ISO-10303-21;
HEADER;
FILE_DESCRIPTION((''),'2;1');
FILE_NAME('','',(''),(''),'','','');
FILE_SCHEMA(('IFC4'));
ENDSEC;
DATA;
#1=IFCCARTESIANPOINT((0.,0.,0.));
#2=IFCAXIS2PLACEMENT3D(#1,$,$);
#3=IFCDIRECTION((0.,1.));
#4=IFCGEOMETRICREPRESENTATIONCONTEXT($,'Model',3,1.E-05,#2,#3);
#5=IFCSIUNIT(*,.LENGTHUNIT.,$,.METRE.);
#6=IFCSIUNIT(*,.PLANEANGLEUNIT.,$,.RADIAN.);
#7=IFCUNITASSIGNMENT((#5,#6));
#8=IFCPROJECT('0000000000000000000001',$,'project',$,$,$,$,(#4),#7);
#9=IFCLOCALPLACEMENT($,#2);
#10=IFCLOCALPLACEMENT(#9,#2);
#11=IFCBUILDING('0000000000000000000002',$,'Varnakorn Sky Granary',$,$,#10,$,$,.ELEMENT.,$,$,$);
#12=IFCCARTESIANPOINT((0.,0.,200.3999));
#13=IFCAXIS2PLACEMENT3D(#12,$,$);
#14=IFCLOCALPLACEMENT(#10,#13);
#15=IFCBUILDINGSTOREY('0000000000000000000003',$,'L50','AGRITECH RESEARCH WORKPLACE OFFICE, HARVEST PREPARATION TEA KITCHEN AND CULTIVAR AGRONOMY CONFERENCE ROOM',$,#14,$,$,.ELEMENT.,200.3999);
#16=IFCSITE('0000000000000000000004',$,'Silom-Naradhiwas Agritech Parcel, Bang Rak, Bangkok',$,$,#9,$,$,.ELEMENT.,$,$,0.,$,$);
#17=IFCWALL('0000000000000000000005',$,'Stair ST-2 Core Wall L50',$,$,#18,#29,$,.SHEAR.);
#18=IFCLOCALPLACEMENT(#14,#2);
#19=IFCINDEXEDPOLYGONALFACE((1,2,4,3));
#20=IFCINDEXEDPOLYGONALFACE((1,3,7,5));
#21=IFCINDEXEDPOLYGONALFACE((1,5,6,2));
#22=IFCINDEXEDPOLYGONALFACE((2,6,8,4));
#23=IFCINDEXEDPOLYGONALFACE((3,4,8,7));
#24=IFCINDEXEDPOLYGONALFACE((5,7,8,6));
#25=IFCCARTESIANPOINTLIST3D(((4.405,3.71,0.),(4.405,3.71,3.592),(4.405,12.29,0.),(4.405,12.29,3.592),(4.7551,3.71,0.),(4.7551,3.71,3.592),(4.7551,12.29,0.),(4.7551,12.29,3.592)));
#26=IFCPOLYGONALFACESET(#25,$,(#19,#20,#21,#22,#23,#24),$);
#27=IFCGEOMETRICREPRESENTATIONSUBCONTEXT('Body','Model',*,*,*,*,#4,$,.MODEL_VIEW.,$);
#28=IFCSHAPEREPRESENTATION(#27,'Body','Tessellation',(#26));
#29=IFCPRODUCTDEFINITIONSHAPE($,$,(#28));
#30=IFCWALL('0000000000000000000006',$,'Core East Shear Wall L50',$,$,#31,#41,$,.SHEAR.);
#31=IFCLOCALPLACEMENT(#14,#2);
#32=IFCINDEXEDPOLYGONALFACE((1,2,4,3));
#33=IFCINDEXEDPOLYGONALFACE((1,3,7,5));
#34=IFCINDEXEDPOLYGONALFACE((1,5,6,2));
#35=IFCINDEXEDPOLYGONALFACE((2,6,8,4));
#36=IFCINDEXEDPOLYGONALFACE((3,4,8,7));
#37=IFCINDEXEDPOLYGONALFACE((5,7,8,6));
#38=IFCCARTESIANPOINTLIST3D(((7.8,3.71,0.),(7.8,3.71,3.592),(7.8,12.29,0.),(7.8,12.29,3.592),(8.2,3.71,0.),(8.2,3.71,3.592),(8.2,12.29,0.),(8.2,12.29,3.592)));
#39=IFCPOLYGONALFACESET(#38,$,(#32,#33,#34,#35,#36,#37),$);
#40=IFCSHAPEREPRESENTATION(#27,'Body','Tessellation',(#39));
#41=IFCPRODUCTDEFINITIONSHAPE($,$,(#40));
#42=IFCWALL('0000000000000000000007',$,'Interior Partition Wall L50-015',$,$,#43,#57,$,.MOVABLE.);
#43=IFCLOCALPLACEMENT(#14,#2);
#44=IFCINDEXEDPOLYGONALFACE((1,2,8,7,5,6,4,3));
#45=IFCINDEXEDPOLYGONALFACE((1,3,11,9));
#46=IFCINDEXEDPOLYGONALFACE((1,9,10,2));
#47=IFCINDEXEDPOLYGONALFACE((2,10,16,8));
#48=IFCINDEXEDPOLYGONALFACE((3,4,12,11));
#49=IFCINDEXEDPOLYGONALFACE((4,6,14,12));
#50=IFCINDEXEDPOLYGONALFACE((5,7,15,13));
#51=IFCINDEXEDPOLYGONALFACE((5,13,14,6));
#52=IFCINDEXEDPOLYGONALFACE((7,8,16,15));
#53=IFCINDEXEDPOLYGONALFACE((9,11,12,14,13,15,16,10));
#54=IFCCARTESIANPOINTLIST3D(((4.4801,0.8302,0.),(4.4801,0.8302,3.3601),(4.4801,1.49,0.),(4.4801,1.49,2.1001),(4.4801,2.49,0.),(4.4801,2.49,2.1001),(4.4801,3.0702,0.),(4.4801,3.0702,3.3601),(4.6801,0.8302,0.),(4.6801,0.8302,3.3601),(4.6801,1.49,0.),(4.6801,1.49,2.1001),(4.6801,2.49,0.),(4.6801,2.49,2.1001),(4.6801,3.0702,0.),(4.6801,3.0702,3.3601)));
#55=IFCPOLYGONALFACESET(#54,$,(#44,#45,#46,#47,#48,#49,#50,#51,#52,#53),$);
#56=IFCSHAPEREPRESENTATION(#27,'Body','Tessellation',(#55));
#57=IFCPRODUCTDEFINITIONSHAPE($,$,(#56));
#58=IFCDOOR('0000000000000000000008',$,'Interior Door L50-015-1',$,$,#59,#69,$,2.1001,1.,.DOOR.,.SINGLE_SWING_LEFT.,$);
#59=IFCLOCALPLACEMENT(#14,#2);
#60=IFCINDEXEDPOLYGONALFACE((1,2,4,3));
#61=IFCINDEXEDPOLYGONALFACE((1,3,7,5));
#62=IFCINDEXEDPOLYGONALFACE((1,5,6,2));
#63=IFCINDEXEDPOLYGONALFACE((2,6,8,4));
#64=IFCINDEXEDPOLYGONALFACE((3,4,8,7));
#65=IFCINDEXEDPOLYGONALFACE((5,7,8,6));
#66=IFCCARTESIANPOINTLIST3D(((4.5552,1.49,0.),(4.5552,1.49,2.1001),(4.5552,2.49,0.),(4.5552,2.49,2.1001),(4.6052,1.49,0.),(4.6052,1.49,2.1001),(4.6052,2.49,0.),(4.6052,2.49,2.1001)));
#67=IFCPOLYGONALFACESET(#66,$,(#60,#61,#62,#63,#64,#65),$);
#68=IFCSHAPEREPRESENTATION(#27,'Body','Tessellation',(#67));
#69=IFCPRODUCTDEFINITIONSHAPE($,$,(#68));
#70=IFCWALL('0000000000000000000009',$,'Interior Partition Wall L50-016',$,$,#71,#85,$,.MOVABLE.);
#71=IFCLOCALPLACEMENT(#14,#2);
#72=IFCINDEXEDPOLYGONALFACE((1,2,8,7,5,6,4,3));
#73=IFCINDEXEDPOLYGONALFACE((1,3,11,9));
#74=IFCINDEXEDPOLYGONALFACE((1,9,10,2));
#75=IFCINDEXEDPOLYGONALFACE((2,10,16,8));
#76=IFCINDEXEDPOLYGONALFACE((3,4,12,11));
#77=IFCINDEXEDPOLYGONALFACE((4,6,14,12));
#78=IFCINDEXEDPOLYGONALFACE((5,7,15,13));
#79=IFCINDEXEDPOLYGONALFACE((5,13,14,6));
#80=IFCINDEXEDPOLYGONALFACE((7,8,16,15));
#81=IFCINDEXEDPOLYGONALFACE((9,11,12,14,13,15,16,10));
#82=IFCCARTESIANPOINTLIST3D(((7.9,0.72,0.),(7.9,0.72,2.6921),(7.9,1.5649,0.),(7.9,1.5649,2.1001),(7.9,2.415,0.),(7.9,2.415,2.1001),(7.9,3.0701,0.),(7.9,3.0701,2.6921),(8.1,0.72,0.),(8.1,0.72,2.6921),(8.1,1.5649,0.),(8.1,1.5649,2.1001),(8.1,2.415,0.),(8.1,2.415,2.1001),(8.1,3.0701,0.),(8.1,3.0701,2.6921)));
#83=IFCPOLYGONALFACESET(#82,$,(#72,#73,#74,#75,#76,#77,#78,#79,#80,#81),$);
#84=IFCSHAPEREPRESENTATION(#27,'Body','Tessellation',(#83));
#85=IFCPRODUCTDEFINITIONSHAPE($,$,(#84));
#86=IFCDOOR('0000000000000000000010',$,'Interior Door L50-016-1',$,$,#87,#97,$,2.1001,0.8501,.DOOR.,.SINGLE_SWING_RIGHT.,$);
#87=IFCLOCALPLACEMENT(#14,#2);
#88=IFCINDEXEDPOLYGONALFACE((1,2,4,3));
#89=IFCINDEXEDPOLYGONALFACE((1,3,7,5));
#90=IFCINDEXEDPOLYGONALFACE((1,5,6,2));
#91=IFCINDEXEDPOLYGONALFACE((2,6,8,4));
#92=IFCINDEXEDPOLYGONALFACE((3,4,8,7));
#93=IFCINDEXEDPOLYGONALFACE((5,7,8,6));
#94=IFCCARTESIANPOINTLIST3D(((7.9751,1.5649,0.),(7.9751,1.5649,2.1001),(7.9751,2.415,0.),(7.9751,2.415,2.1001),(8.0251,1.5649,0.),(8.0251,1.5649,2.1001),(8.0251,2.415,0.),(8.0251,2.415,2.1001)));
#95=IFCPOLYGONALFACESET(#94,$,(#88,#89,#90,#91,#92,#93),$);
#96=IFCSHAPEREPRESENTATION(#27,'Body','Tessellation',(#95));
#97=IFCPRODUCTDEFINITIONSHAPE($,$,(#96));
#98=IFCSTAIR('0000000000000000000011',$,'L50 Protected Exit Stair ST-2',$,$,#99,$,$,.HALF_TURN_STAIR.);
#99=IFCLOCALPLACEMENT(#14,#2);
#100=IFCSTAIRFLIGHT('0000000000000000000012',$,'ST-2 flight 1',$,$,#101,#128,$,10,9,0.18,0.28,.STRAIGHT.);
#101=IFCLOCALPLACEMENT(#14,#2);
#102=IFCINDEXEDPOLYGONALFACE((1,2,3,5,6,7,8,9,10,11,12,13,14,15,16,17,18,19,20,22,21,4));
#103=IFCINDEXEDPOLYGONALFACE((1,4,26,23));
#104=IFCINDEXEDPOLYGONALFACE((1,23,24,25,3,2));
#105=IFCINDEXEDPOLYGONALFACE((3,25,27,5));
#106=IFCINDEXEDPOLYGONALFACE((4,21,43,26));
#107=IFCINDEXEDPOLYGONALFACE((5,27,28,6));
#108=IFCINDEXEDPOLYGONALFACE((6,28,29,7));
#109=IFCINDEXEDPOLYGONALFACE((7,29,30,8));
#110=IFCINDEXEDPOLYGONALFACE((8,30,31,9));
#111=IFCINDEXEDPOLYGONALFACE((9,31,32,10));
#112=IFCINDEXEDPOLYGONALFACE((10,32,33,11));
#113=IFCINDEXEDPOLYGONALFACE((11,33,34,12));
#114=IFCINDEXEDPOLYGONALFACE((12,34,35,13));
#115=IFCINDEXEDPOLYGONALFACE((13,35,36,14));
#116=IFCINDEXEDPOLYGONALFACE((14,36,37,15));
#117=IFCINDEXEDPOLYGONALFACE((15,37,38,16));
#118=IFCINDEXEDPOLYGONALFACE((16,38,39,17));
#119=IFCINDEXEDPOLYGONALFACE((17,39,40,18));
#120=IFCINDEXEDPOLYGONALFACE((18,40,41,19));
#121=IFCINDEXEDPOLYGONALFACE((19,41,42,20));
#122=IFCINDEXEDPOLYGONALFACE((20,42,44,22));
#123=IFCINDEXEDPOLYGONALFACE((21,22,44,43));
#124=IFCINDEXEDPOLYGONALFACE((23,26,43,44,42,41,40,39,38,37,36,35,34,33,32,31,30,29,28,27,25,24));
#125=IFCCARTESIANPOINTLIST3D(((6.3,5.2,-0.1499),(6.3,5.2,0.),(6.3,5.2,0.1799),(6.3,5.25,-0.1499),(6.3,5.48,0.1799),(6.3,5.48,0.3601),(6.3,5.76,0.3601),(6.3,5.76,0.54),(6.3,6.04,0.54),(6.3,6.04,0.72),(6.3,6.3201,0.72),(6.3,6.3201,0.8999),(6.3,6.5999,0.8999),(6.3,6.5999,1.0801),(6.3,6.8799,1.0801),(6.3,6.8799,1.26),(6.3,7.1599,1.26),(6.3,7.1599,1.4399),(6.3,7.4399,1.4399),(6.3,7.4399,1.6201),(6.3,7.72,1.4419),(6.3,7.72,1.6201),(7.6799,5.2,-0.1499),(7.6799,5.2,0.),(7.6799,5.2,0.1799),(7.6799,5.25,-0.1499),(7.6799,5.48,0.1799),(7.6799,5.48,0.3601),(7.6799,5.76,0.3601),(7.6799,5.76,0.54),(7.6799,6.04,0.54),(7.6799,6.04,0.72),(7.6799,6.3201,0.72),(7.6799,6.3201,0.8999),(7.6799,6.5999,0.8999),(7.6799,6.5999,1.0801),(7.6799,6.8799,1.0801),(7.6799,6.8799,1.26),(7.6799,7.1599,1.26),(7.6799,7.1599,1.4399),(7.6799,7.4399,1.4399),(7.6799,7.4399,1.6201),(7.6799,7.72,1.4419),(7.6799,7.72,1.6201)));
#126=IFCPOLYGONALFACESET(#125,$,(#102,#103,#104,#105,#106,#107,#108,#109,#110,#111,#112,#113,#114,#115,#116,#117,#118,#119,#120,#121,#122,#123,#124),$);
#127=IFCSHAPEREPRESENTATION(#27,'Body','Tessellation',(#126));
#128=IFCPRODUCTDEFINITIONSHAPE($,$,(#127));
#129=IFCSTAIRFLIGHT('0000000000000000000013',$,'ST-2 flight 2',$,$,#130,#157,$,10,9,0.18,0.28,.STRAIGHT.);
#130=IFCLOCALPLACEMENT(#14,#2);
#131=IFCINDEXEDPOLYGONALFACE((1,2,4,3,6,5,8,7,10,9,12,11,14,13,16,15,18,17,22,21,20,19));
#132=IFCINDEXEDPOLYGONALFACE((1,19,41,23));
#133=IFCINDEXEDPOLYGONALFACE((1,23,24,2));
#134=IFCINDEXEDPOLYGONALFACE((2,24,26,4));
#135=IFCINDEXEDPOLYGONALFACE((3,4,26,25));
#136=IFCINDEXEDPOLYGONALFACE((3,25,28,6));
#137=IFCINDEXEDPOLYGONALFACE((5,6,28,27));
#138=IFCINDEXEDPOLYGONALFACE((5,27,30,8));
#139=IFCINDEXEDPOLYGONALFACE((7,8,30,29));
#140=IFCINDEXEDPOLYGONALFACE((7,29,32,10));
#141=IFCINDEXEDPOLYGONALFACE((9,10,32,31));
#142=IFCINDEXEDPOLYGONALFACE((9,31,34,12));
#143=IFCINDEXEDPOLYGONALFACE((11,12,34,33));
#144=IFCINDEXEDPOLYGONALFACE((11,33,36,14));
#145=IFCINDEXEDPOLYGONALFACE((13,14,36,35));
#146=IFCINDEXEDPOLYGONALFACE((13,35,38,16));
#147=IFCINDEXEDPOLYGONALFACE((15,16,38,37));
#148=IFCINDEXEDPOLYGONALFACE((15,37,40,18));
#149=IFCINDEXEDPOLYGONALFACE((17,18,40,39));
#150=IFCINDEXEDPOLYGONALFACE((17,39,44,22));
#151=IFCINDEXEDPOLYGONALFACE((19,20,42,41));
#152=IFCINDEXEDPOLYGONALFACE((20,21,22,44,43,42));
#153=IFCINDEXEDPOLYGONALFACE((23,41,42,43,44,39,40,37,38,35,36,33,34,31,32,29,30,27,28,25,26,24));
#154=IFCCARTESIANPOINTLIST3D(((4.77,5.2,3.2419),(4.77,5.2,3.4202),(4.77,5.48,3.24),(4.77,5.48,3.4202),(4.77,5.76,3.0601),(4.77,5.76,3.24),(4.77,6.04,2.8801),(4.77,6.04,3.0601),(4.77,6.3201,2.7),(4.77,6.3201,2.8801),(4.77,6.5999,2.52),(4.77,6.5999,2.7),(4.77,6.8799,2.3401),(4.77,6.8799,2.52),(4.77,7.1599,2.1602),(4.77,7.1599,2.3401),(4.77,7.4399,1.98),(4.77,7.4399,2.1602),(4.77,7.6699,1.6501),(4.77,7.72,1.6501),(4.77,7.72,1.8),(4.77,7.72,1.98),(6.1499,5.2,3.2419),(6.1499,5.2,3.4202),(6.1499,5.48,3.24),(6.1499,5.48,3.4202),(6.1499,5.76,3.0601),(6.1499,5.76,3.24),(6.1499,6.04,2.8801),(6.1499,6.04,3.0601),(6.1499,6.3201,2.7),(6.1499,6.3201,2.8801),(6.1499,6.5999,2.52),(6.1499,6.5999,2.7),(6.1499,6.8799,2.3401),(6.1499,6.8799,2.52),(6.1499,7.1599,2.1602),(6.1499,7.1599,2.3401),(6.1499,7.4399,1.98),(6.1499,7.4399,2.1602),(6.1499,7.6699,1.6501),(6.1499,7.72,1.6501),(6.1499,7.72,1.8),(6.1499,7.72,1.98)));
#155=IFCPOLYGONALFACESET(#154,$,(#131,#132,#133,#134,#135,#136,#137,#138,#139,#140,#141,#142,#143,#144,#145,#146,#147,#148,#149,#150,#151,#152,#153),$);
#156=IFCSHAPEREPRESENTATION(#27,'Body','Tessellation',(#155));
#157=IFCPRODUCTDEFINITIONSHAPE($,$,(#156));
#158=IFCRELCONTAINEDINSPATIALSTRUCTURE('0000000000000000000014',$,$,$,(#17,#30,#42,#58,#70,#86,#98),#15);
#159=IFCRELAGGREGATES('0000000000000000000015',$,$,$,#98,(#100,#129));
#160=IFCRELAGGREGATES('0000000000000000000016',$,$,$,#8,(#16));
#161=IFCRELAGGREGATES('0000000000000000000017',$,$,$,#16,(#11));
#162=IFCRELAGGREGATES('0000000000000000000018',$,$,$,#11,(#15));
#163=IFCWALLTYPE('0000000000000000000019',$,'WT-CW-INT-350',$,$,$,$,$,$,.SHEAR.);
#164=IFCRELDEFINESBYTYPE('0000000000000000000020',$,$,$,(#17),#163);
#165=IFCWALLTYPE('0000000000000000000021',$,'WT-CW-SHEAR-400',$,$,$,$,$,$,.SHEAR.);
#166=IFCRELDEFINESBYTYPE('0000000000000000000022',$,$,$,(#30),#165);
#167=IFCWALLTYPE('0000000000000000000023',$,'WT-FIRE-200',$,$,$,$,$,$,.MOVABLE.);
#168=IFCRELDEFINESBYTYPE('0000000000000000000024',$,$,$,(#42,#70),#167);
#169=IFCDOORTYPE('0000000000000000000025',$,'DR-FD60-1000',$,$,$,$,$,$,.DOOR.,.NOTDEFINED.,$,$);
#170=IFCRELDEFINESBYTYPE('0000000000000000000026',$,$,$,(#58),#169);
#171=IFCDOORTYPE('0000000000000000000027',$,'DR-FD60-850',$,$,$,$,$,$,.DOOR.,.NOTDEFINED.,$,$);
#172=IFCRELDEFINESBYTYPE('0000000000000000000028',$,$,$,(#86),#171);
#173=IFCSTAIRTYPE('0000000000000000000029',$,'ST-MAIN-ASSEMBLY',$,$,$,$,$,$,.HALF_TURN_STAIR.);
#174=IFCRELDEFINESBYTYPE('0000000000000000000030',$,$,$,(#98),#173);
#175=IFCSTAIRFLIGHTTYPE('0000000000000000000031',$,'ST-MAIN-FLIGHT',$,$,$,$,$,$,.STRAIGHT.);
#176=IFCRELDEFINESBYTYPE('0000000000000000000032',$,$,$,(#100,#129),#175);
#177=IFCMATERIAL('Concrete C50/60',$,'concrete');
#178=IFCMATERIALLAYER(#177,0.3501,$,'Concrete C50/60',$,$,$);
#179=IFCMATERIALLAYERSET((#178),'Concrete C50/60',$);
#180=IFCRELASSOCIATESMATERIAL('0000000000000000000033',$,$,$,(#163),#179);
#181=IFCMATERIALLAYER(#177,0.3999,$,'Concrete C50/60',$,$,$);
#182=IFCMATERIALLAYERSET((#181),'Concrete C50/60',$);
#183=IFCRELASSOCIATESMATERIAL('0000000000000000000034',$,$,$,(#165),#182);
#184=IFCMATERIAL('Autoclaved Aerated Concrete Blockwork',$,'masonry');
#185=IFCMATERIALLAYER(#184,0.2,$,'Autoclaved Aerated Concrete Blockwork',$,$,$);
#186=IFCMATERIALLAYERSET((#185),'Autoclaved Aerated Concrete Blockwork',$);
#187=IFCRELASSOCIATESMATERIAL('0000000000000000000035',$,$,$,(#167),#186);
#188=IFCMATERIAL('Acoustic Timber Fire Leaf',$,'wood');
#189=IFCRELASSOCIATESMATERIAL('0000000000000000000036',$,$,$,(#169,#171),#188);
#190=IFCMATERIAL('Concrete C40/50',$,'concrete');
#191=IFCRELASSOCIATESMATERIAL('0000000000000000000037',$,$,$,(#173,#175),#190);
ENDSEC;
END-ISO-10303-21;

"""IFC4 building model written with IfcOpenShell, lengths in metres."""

from ifc_helpers import new_model, si_unit, direction, frame, frame_2d, origin, place, context, subcontext, project, spatial, polyline, rectangle, outline, extrude, material, layer, layer_set, type_object, element, fill, aggregate, save


model = new_model("IFC4")

# Units and contexts
model_context = context("Model", 3, precision=1e-05, world=origin(), true_north=direction((0.0, 1.0)))
body_context = subcontext(model_context, "Body", "Model", "MODEL_VIEW")
ifc_project = project(units=[si_unit("LENGTHUNIT", "METRE"), si_unit("PLANEANGLEUNIT", "RADIAN")], contexts=[model_context])

# Site, building, storey
site_placement = place(None, origin())
site = spatial("IfcSite", under=ifc_project, at=site_placement, Name="Silom-Naradhiwas Agritech Parcel, Bang Rak, Bangkok", CompositionType="ELEMENT", RefElevation=0.0)
building_placement = place(site_placement, origin())
building = spatial("IfcBuilding", under=site, at=building_placement, Name="Varnakorn Sky Granary", CompositionType="ELEMENT")
storey_placement = place(building_placement, frame((0.0, 0.0, 200.3999)))
storey = spatial("IfcBuildingStorey", under=building, at=storey_placement, Name="L50", Description="AGRITECH RESEARCH WORKPLACE OFFICE, HARVEST PREPARATION TEA KITCHEN AND CULTIVAR AGRONOMY CONFERENCE ROOM", CompositionType="ELEMENT", Elevation=200.3999)

# Shared definitions
ifc_material_1 = material(Name="Concrete C50/60", Category="concrete")

# Walls
ifc_layer_1 = layer(ifc_material_1, 0.3501, Name="Concrete C50/60")
ifc_layer_set_1 = layer_set([ifc_layer_1], Name="Concrete C50/60")
wall_type_1 = type_object("IfcWallType", Name="WT-CW-INT-350", PredefinedType="SHEAR", material=ifc_layer_set_1)
wall_1_placement = place(storey_placement, frame((4.5801, 3.71, 0.0), z_axis=(0.0, 0.0, 1.0), x_axis=(0.0, 1.0, 0.0)))
element("IfcWall", 1, at=wall_1_placement, inside=storey, type_object=wall_type_1, Name="Stair ST-2 Core Wall L50", PredefinedType="SHEAR", context=body_context, shape_type="SweptSolid", body=[
    extrude(rectangle(XDim=8.5801, YDim=0.3501, at=frame_2d((4.29, 0.0))), origin(), (0.0, 0.0, 1.0), 3.592),
])
ifc_layer_2 = layer(ifc_material_1, 0.3999, Name="Concrete C50/60")
ifc_layer_set_2 = layer_set([ifc_layer_2], Name="Concrete C50/60")
wall_type_2 = type_object("IfcWallType", Name="WT-CW-SHEAR-400", PredefinedType="SHEAR", material=ifc_layer_set_2)
wall_2_placement = place(storey_placement, frame((8.0, 3.71, 0.0), z_axis=(0.0, 0.0, 1.0), x_axis=(0.0, 1.0, 0.0)))
element("IfcWall", 2, at=wall_2_placement, inside=storey, type_object=wall_type_2, Name="Core East Shear Wall L50", PredefinedType="SHEAR", context=body_context, shape_type="SweptSolid", body=[
    extrude(rectangle(XDim=8.5801, YDim=0.3999, at=frame_2d((4.29, 0.0))), origin(), (0.0, 0.0, 1.0), 3.592),
])

# Walls, openings, doors
ifc_material_2 = material(Name="Autoclaved Aerated Concrete Blockwork", Category="masonry")
ifc_layer_3 = layer(ifc_material_2, 0.2, Name="Autoclaved Aerated Concrete Blockwork")
ifc_layer_set_3 = layer_set([ifc_layer_3], Name="Autoclaved Aerated Concrete Blockwork")
wall_type_3 = type_object("IfcWallType", Name="WT-FIRE-200", PredefinedType="MOVABLE", material=ifc_layer_set_3)
wall_3_placement = place(storey_placement, frame((4.5801, 0.8301, 0.0), z_axis=(0.0, 0.0, 1.0), x_axis=(0.0, 1.0, 0.0)))
wall_3 = element("IfcWall", 3, at=wall_3_placement, inside=storey, type_object=wall_type_3, Name="Interior Partition Wall L50-015", PredefinedType="MOVABLE", context=body_context, shape_type="SweptSolid", body=[
    extrude(rectangle(XDim=2.24, YDim=0.2, at=frame_2d((1.1201, 0.0))), origin(), (0.0, 0.0, 1.0), 3.3601),
])
opening_1_placement = place(wall_3_placement, frame((0.6599, 0.0, 0.0)))
opening_1 = element("IfcOpeningElement", 4, at=opening_1_placement, cuts=wall_3, PredefinedType="OPENING", context=body_context, shape_type="SweptSolid", body=[
    extrude(rectangle(XDim=1.0, YDim=2.1001, at=frame_2d((0.5, 1.05))), frame((0.0, 0.1099, 0.0), z_axis=(0.0, -1.0, 0.0), x_axis=(1.0, 0.0, 0.0)), (0.0, 0.0, 1.0), 0.22),
])
ifc_material_3 = material(Name="Acoustic Timber Fire Leaf", Category="wood")
door_type_1 = type_object("IfcDoorType", Name="DR-FD60-1000", OperationType="NOTDEFINED", PredefinedType="DOOR", material=ifc_material_3)
door_1_placement = place(opening_1_placement, origin())
door_1 = element("IfcDoor", 5, at=door_1_placement, inside=storey, type_object=door_type_1, Name="Interior Door L50-015-1", OperationType="SINGLE_SWING_LEFT", OverallHeight=2.1001, OverallWidth=1.0, PredefinedType="DOOR", context=body_context, shape_type="SweptSolid", body=[
    extrude(rectangle(XDim=1.0, YDim=2.1001, at=frame_2d((0.5, 1.05))), frame((0.0, 0.0249, 0.0), z_axis=(0.0, -1.0, 0.0), x_axis=(1.0, 0.0, 0.0)), (0.0, 0.0, 1.0), 0.05),
])
fill(opening_1, door_1)
wall_4_placement = place(storey_placement, frame((8.0, 0.72, 0.0), z_axis=(0.0, 0.0, 1.0), x_axis=(0.0, 1.0, 0.0)))
wall_4 = element("IfcWall", 6, at=wall_4_placement, inside=storey, type_object=wall_type_3, Name="Interior Partition Wall L50-016", PredefinedType="MOVABLE", context=body_context, shape_type="SweptSolid", body=[
    extrude(rectangle(XDim=2.3501, YDim=0.2, at=frame_2d((1.175, 0.0))), origin(), (0.0, 0.0, 1.0), 2.6921),
])
opening_2_placement = place(wall_4_placement, frame((0.845, 0.0, 0.0)))
opening_2 = element("IfcOpeningElement", 7, at=opening_2_placement, cuts=wall_4, PredefinedType="OPENING", context=body_context, shape_type="SweptSolid", body=[
    extrude(rectangle(XDim=0.8501, YDim=2.1001, at=frame_2d((0.425, 1.05))), frame((0.0, 0.1099, 0.0), z_axis=(0.0, -1.0, 0.0), x_axis=(1.0, 0.0, 0.0)), (0.0, 0.0, 1.0), 0.22),
])
door_type_2 = type_object("IfcDoorType", Name="DR-FD60-850", OperationType="NOTDEFINED", PredefinedType="DOOR", material=ifc_material_3)
door_2_placement = place(opening_2_placement, origin())
door_2 = element("IfcDoor", 8, at=door_2_placement, inside=storey, type_object=door_type_2, Name="Interior Door L50-016-1", OperationType="SINGLE_SWING_RIGHT", OverallHeight=2.1001, OverallWidth=0.8501, PredefinedType="DOOR", context=body_context, shape_type="SweptSolid", body=[
    extrude(rectangle(XDim=0.8501, YDim=2.1001, at=frame_2d((0.425, 1.05))), frame((0.0, 0.0249, 0.0), z_axis=(0.0, -1.0, 0.0), x_axis=(1.0, 0.0, 0.0)), (0.0, 0.0, 1.0), 0.05),
])
fill(opening_2, door_2)

# Stair, stair flights
ifc_material_4 = material(Name="Concrete C40/50", Category="concrete")
stair_type = type_object("IfcStairType", Name="ST-MAIN-ASSEMBLY", PredefinedType="HALF_TURN_STAIR", material=ifc_material_4)
stair_placement = place(storey_placement, origin())
stair = element("IfcStair", 9, at=stair_placement, inside=storey, type_object=stair_type, Name="L50 Protected Exit Stair ST-2", PredefinedType="HALF_TURN_STAIR")
stair_flight_type = type_object("IfcStairFlightType", Name="ST-MAIN-FLIGHT", PredefinedType="STRAIGHT", material=ifc_material_4)
stair_flight_1_placement = place(storey_placement, frame((6.99, 5.2, 0.0), z_axis=(0.0, 0.0, 1.0), x_axis=(0.0, 1.0, 0.0)))
stair_flight_1 = element("IfcStairFlight", 10, at=stair_flight_1_placement, type_object=stair_flight_type, Name="ST-2 flight 1", NumberOfRisers=10, NumberOfTreads=9, PredefinedType="STRAIGHT", RiserHeight=0.18, TreadLength=0.28, context=body_context, shape_type="SweptSolid", body=[
    extrude(outline(polyline([(0.0, -0.1499), (0.0, 0.0), (0.0, 0.1799), (0.28, 0.1799), (0.28, 0.3601), (0.5601, 0.3601), (0.5601, 0.54), (0.8401, 0.54), (0.8401, 0.72), (1.1201, 0.72), (1.1201, 0.8999), (1.3999, 0.8999), (1.3999, 1.0801), (1.6799, 1.0801), (1.6799, 1.26), (1.96, 1.26), (1.96, 1.4399), (2.24, 1.4399), (2.24, 1.6201), (2.52, 1.6201), (2.52, 1.8), (2.52, 1.4419), (0.05, -0.1499), (0.0, -0.1499)])), frame((0.0, 0.6899, 0.0), z_axis=(0.0, -1.0, 0.0), x_axis=(1.0, 0.0, 0.0)), (0.0, 0.0, 1.0), 1.3799),
])
stair_flight_2_placement = place(storey_placement, frame((5.46, 7.72, 1.8), z_axis=(0.0, 0.0, 1.0), x_axis=(0.0, -1.0, 0.0)))
stair_flight_2 = element("IfcStairFlight", 11, at=stair_flight_2_placement, type_object=stair_flight_type, Name="ST-2 flight 2", NumberOfRisers=10, NumberOfTreads=9, PredefinedType="STRAIGHT", RiserHeight=0.18, TreadLength=0.28, context=body_context, shape_type="SweptSolid", body=[
    extrude(outline(polyline([(0.0, -0.1499), (0.0, 0.0), (0.0, 0.1799), (0.28, 0.1799), (0.28, 0.3601), (0.5601, 0.3601), (0.5601, 0.54), (0.8401, 0.54), (0.8401, 0.72), (1.1201, 0.72), (1.1201, 0.8999), (1.3999, 0.8999), (1.3999, 1.0801), (1.6799, 1.0801), (1.6799, 1.26), (1.96, 1.26), (1.96, 1.4399), (2.24, 1.4399), (2.24, 1.6201), (2.52, 1.6201), (2.52, 1.8), (2.52, 1.4419), (0.05, -0.1499), (0.0, -0.1499)])), frame((0.0, 0.6899, 0.0), z_axis=(0.0, -1.0, 0.0), x_axis=(1.0, 0.0, 0.0)), (0.0, 0.0, 1.0), 1.3799),
])
aggregate(stair, [stair_flight_1, stair_flight_2])

save(model, "model.ifc")
